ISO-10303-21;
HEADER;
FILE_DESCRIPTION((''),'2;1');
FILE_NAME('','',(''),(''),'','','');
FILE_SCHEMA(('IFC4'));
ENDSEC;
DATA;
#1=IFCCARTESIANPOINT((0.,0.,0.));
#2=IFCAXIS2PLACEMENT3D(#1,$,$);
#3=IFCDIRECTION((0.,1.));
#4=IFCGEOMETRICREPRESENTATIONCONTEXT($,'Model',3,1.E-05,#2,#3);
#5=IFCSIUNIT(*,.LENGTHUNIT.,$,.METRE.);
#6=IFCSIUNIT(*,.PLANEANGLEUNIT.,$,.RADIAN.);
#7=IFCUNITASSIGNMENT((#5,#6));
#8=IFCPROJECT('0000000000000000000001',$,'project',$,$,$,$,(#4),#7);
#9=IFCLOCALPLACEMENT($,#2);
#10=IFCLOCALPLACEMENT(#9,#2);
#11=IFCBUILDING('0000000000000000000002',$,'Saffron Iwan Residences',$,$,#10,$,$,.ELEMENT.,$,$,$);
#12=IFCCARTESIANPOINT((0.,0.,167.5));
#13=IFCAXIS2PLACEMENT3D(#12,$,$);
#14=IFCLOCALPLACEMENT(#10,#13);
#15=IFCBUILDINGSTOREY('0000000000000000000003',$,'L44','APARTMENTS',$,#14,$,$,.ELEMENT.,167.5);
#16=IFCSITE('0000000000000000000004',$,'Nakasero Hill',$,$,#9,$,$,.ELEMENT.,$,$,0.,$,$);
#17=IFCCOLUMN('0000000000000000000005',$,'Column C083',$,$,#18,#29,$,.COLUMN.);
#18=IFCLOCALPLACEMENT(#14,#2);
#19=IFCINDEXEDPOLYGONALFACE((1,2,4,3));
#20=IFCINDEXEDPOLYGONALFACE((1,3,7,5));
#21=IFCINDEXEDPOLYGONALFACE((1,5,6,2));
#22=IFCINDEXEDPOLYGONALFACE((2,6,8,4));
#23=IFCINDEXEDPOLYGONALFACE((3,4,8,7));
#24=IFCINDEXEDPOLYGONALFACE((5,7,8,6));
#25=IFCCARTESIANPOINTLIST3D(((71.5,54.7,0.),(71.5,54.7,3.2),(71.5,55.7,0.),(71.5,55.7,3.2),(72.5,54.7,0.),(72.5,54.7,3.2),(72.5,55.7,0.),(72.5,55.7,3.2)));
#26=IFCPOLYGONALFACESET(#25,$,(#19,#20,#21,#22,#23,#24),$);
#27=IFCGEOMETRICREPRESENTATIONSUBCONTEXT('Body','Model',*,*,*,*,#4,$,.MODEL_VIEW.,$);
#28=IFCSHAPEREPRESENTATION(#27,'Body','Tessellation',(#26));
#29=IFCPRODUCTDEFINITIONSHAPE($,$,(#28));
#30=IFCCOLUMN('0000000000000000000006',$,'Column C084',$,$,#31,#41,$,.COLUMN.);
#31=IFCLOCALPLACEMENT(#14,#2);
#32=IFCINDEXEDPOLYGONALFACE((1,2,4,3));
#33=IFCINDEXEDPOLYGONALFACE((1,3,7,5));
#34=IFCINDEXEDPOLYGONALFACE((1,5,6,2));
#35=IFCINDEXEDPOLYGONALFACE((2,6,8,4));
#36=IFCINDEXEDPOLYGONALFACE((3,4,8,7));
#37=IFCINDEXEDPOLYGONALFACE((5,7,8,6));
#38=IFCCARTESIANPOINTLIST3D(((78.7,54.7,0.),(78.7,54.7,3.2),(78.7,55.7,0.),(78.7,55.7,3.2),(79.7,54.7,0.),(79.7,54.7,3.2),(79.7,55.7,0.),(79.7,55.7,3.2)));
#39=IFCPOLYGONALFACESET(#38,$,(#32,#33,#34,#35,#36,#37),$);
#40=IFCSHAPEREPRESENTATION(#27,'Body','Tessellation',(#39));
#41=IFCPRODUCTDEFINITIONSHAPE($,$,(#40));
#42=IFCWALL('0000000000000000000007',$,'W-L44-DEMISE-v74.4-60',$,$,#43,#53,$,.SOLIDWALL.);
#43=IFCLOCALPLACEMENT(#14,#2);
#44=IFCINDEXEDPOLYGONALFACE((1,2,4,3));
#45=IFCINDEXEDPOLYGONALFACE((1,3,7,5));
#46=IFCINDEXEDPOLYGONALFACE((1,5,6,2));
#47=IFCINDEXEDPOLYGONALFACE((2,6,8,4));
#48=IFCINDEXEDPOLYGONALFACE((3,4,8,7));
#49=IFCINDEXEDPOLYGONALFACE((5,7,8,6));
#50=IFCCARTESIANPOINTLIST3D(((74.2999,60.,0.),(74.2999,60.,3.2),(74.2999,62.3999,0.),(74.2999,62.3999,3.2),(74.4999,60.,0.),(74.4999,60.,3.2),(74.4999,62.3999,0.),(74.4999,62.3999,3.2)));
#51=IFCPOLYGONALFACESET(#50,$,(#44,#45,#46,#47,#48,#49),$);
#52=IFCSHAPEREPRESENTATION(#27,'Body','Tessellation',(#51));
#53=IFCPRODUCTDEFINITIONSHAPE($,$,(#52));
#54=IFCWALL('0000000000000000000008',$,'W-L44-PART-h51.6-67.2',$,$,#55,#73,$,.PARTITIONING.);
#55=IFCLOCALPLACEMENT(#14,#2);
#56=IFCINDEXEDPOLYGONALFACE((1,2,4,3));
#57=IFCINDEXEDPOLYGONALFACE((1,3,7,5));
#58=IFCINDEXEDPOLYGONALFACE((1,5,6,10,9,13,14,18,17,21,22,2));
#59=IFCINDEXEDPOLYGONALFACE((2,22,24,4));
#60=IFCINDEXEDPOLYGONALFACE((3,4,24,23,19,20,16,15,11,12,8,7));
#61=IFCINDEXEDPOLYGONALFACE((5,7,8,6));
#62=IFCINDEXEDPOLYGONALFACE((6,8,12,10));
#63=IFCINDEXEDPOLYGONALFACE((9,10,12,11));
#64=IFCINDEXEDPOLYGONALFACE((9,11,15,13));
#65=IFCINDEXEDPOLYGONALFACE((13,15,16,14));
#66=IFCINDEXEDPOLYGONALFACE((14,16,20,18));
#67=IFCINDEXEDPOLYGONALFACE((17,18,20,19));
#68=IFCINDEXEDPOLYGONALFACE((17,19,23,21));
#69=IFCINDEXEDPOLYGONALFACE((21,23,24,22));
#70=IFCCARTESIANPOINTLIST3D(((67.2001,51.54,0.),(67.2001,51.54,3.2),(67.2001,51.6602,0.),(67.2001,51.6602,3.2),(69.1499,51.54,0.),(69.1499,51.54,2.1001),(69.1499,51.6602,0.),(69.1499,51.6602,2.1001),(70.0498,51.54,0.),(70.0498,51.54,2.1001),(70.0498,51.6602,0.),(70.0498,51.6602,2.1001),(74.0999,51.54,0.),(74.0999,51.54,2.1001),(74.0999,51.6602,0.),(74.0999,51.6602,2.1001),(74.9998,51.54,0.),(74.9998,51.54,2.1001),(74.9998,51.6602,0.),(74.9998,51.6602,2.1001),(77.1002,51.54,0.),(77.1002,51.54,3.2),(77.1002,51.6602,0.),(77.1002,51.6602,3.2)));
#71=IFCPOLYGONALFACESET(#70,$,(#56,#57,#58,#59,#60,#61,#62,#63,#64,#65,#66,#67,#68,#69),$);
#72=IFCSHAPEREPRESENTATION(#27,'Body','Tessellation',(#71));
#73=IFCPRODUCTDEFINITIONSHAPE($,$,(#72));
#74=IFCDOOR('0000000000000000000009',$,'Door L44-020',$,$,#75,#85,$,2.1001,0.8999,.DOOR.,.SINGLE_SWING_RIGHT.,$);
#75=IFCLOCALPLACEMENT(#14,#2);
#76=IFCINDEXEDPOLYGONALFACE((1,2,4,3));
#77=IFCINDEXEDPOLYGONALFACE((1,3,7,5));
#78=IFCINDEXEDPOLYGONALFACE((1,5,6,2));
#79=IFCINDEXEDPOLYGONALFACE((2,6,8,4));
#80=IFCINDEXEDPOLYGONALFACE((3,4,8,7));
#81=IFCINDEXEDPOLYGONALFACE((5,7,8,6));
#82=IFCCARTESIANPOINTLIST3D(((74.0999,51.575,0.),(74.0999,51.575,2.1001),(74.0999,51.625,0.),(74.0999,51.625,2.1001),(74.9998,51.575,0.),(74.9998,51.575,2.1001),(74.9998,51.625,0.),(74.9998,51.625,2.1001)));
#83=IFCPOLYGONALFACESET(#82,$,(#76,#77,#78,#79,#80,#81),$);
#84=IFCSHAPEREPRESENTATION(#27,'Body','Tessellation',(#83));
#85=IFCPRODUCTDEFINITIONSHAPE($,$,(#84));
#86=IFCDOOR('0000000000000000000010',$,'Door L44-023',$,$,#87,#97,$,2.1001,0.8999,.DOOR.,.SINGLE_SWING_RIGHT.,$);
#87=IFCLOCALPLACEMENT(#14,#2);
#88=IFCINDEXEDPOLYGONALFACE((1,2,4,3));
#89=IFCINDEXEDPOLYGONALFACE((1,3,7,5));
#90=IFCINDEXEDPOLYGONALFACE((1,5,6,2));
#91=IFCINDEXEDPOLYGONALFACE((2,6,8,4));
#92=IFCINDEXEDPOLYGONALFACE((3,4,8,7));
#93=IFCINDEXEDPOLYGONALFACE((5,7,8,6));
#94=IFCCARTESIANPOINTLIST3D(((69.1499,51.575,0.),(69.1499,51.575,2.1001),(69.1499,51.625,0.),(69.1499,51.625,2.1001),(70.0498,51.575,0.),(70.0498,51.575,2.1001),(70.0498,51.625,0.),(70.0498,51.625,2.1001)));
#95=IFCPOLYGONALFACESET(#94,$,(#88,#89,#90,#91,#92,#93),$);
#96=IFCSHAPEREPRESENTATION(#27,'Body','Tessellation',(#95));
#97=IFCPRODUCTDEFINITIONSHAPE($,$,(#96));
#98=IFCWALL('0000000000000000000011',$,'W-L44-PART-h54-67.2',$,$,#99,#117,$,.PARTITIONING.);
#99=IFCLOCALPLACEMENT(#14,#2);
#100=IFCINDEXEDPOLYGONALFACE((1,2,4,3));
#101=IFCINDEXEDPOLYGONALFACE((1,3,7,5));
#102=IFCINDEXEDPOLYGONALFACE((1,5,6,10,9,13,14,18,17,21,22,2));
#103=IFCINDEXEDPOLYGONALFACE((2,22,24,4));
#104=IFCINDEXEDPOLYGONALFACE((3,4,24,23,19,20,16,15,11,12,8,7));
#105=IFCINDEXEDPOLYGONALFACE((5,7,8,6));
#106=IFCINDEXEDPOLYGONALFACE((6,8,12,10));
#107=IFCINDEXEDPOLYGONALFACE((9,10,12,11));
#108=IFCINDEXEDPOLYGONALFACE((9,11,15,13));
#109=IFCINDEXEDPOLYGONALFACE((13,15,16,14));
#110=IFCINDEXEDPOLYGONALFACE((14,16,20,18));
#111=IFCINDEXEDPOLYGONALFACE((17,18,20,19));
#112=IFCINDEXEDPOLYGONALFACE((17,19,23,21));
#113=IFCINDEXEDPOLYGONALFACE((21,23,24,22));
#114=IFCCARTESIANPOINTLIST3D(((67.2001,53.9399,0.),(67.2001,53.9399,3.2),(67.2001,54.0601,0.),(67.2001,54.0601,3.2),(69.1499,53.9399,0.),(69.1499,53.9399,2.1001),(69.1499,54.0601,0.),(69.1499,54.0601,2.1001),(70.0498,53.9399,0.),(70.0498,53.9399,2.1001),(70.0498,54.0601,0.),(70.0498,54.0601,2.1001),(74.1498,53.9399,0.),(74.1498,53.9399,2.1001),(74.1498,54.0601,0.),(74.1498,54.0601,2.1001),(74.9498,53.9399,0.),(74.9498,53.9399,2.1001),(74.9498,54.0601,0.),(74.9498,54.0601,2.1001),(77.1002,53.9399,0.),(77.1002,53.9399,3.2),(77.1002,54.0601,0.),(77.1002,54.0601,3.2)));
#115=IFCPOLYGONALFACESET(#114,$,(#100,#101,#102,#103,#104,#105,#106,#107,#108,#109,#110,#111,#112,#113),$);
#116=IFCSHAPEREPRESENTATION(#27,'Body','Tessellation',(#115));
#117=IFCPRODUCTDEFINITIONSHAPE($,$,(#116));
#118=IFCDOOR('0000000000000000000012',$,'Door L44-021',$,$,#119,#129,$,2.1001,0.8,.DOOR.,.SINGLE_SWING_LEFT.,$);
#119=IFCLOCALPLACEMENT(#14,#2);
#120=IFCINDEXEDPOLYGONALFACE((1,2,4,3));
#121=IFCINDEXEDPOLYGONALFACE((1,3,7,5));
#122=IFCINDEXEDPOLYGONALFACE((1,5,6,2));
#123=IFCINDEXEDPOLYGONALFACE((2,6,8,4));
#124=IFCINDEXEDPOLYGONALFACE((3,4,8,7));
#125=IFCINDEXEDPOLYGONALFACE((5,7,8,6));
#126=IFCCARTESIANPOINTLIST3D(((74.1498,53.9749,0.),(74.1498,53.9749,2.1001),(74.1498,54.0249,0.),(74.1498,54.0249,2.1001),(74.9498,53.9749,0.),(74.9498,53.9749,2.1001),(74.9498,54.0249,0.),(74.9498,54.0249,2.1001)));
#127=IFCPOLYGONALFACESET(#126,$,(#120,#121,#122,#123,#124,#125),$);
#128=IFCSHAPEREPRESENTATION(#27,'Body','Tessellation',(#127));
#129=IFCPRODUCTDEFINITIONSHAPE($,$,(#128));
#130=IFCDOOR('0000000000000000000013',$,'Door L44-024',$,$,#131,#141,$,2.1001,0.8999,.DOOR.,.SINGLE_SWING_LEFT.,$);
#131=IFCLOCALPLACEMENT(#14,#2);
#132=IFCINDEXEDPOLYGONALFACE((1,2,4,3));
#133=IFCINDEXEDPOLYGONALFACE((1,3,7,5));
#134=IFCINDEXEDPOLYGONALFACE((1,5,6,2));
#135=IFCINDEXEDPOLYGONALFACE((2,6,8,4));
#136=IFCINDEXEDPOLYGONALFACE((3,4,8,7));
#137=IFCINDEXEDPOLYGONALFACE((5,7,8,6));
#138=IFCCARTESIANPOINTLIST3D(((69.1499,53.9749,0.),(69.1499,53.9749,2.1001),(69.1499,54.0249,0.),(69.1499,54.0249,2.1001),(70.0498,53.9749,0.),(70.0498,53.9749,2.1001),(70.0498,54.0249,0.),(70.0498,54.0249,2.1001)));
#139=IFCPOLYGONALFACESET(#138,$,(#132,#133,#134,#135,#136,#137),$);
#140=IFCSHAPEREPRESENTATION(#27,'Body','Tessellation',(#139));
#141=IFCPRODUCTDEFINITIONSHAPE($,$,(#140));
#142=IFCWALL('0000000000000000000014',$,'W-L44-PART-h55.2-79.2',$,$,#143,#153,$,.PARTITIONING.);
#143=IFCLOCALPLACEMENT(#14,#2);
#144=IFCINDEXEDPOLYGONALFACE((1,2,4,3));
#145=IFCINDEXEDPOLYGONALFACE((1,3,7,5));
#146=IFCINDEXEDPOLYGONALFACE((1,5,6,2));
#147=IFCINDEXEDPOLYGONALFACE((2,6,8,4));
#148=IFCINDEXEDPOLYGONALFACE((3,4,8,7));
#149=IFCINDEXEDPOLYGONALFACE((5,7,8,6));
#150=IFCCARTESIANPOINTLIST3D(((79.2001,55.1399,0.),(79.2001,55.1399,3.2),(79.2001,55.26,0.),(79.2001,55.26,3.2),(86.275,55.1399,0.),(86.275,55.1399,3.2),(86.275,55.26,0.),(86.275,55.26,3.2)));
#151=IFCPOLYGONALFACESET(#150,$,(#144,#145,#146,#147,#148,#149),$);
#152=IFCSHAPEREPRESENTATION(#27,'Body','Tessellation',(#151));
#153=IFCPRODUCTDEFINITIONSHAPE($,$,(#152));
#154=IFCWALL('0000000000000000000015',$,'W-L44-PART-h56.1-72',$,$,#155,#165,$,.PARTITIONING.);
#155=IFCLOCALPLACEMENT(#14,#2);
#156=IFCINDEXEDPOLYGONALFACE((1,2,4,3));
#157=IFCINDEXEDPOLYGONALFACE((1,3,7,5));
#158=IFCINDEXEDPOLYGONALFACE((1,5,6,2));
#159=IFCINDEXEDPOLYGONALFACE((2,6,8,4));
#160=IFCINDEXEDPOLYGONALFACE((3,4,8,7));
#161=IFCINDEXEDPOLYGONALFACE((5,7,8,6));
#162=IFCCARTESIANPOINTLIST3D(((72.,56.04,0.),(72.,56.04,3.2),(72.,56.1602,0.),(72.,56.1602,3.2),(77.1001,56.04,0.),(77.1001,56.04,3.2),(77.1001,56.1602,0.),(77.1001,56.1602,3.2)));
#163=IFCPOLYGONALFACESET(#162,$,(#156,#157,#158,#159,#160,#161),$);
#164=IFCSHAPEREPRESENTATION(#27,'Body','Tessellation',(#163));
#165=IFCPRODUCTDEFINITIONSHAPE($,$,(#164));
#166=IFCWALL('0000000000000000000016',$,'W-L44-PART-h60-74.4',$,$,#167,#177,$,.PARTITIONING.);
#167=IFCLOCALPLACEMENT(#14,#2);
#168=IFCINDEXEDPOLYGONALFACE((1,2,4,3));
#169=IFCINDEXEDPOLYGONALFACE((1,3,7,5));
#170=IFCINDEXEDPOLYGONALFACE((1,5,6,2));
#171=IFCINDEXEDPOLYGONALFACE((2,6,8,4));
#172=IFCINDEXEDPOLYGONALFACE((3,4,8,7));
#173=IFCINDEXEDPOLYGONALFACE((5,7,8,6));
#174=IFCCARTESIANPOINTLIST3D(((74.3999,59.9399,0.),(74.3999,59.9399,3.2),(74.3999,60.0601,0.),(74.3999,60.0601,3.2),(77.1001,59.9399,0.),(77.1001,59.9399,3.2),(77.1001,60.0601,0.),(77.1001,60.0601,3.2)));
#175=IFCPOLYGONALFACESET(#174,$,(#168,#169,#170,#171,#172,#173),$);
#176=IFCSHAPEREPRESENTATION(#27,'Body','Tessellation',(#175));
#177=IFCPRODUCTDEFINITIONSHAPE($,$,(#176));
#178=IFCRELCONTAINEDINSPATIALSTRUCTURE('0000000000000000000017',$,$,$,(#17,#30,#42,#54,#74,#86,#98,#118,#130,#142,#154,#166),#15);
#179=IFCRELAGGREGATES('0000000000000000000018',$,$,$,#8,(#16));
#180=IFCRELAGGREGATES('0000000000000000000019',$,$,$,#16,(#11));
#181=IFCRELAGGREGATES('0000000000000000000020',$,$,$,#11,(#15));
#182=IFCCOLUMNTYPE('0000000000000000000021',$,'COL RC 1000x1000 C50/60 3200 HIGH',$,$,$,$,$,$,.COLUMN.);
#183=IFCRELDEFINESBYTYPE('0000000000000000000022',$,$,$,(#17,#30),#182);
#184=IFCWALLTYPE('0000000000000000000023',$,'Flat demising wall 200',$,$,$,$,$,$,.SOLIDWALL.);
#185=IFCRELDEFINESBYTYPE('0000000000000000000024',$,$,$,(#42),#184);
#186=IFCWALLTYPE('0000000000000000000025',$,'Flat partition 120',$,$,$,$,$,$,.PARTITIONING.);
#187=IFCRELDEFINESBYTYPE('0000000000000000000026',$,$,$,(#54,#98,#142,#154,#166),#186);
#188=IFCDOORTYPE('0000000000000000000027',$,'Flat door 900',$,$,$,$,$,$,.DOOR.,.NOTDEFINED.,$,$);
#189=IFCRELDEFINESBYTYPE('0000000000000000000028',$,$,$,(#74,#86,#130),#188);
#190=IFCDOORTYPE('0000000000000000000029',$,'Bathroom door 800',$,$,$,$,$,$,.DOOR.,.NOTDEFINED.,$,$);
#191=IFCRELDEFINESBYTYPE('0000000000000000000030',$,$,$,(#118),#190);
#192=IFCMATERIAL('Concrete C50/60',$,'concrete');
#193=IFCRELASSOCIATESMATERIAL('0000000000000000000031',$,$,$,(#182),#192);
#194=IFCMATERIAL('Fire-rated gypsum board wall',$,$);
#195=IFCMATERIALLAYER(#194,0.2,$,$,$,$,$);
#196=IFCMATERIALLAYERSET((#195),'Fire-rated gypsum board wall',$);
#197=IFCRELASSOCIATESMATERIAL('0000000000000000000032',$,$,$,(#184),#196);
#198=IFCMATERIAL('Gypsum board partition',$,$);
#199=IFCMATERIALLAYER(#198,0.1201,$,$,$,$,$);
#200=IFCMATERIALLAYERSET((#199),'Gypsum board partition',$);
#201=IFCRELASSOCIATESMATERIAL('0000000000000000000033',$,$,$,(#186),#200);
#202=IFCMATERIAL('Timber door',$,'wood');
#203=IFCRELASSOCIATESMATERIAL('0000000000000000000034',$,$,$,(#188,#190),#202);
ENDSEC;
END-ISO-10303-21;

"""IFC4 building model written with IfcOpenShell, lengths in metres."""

from ifc_helpers import new_model, si_unit, direction, frame, frame_2d, origin, origin_2d, place, context, subcontext, project, spatial, rectangle, extrude, source, transform, mapped, material, layer, layer_set, material_profile, profile_set, type_object, element, fill, save


model = new_model("IFC4")

# Units and contexts
model_context = context("Model", 3, precision=1e-05, world=origin(), true_north=direction((0.0, 1.0)))
body_context = subcontext(model_context, "Body", "Model", "MODEL_VIEW")
ifc_project = project(units=[si_unit("LENGTHUNIT", "METRE"), si_unit("PLANEANGLEUNIT", "RADIAN")], contexts=[model_context])

# Site, building, storey
site_placement = place(None, origin())
site = spatial("IfcSite", under=ifc_project, at=site_placement, Name="Nakasero Hill", CompositionType="ELEMENT", RefElevation=0.0)
building_placement = place(site_placement, origin())
building = spatial("IfcBuilding", under=site, at=building_placement, Name="Saffron Iwan Residences", CompositionType="ELEMENT")
storey_placement = place(building_placement, frame((0.0, 0.0, 167.5)))
storey = spatial("IfcBuildingStorey", under=building, at=storey_placement, Name="L44", Description="APARTMENTS", CompositionType="ELEMENT", Elevation=167.5)

# Columns
ifc_material_1 = material(Name="Concrete C50/60", Category="concrete")
ifc_material_profile = material_profile(ifc_material_1, rectangle(XDim=1.0, YDim=1.0, at=origin_2d()), Name="RC 1000x1000")
ifc_profile_set = profile_set([ifc_material_profile], Name="Concrete C50/60")
column_type = type_object("IfcColumnType", Name="COL RC 1000x1000 C50/60 3200 HIGH", PredefinedType="COLUMN", material=ifc_profile_set)
shared_shape = source(origin(), body_context, "Body", "SweptSolid", [
    extrude(rectangle(XDim=1.0, YDim=1.0, at=origin_2d()), origin(), (0.0, 0.0, 1.0), 3.2),
])
for number, where, z_axis, x_axis, name in (
    (1, (72.0, 55.2, 0.0), (0.0, 0.0, 1.0), (1.0, 0.0, 0.0), "Column C083"),
    (2, (79.2, 55.2, 0.0), (0.0, 0.0, 1.0), (1.0, 0.0, 0.0), "Column C084"),
):
    element("IfcColumn", number, at=place(storey_placement, frame(where, z_axis=z_axis, x_axis=x_axis)), inside=storey, type_object=column_type, Name=name, PredefinedType="COLUMN", context=body_context, shape_type="MappedRepresentation", body=[
        mapped(shared_shape, transform((0.0, 0.0, 0.0))),
    ])

# Wall
ifc_material_2 = material(Name="Fire-rated gypsum board wall")
ifc_layer_1 = layer(ifc_material_2, 0.2)
ifc_layer_set_1 = layer_set([ifc_layer_1], Name="Fire-rated gypsum board wall")
wall_type_1 = type_object("IfcWallType", Name="Flat demising wall 200", PredefinedType="SOLIDWALL", material=ifc_layer_set_1)
wall_1_placement = place(storey_placement, frame((74.3999, 60.0, 0.0), z_axis=(0.0, 0.0, 1.0), x_axis=(0.0, 1.0, 0.0)))
element("IfcWall", 3, at=wall_1_placement, inside=storey, type_object=wall_type_1, Name="W-L44-DEMISE-v74.4-60", PredefinedType="SOLIDWALL", context=body_context, shape_type="SweptSolid", body=[
    extrude(rectangle(XDim=2.3999, YDim=0.2, at=frame_2d((1.2, 0.0))), origin(), (0.0, 0.0, 1.0), 3.2),
])

# Walls, openings, doors
ifc_material_3 = material(Name="Gypsum board partition")
ifc_layer_2 = layer(ifc_material_3, 0.1201)
ifc_layer_set_2 = layer_set([ifc_layer_2], Name="Gypsum board partition")
wall_type_2 = type_object("IfcWallType", Name="Flat partition 120", PredefinedType="PARTITIONING", material=ifc_layer_set_2)
wall_2_placement = place(storey_placement, frame((67.2, 51.6001, 0.0), z_axis=(0.0, 0.0, 1.0), x_axis=(1.0, 0.0, 0.0)))
wall_2 = element("IfcWall", 4, at=wall_2_placement, inside=storey, type_object=wall_type_2, Name="W-L44-PART-h51.6-67.2", PredefinedType="PARTITIONING", context=body_context, shape_type="SweptSolid", body=[
    extrude(rectangle(XDim=9.9001, YDim=0.1201, at=frame_2d((4.9502, 0.0))), origin(), (0.0, 0.0, 1.0), 3.2),
])
opening_1_placement = place(wall_2_placement, frame((6.8999, 0.0, 0.0)))
opening_1 = element("IfcOpeningElement", 5, at=opening_1_placement, cuts=wall_2, PredefinedType="OPENING", context=body_context, shape_type="SweptSolid", body=[
    extrude(rectangle(XDim=0.8999, YDim=2.1001, at=frame_2d((0.45, 1.05))), frame((0.0, 0.0701, 0.0), z_axis=(0.0, -1.0, 0.0), x_axis=(1.0, 0.0, 0.0)), (0.0, 0.0, 1.0), 0.1401),
])
opening_2_placement = place(wall_2_placement, frame((1.95, 0.0, 0.0)))
opening_2 = element("IfcOpeningElement", 6, at=opening_2_placement, cuts=wall_2, PredefinedType="OPENING", context=body_context, shape_type="SweptSolid", body=[
    extrude(rectangle(XDim=0.8999, YDim=2.1001, at=frame_2d((0.45, 1.05))), frame((0.0, 0.0701, 0.0), z_axis=(0.0, -1.0, 0.0), x_axis=(1.0, 0.0, 0.0)), (0.0, 0.0, 1.0), 0.1401),
])
ifc_material_4 = material(Name="Timber door", Category="wood")
door_type_1 = type_object("IfcDoorType", Name="Flat door 900", OperationType="NOTDEFINED", PredefinedType="DOOR", material=ifc_material_4)
door_1_placement = place(opening_1_placement, origin())
door_1 = element("IfcDoor", 7, at=door_1_placement, inside=storey, type_object=door_type_1, Name="Door L44-020", OperationType="SINGLE_SWING_RIGHT", OverallHeight=2.1001, OverallWidth=0.8999, PredefinedType="DOOR", context=body_context, shape_type="SweptSolid", body=[
    extrude(rectangle(XDim=0.8999, YDim=2.1001, at=frame_2d((0.45, 1.05))), frame((0.0, 0.0249, 0.0), z_axis=(0.0, -1.0, 0.0), x_axis=(1.0, 0.0, 0.0)), (0.0, 0.0, 1.0), 0.05),
])
fill(opening_1, door_1)
door_2_placement = place(opening_2_placement, origin())
door_2 = element("IfcDoor", 8, at=door_2_placement, inside=storey, type_object=door_type_1, Name="Door L44-023", OperationType="SINGLE_SWING_RIGHT", OverallHeight=2.1001, OverallWidth=0.8999, PredefinedType="DOOR", context=body_context, shape_type="SweptSolid", body=[
    extrude(rectangle(XDim=0.8999, YDim=2.1001, at=frame_2d((0.45, 1.05))), frame((0.0, 0.0249, 0.0), z_axis=(0.0, -1.0, 0.0), x_axis=(1.0, 0.0, 0.0)), (0.0, 0.0, 1.0), 0.05),
])
fill(opening_2, door_2)
wall_3_placement = place(storey_placement, frame((67.2, 54.0, 0.0), z_axis=(0.0, 0.0, 1.0), x_axis=(1.0, 0.0, 0.0)))
wall_3 = element("IfcWall", 9, at=wall_3_placement, inside=storey, type_object=wall_type_2, Name="W-L44-PART-h54-67.2", PredefinedType="PARTITIONING", context=body_context, shape_type="SweptSolid", body=[
    extrude(rectangle(XDim=9.9001, YDim=0.1201, at=frame_2d((4.9502, 0.0))), origin(), (0.0, 0.0, 1.0), 3.2),
])
opening_3_placement = place(wall_3_placement, frame((6.95, 0.0, 0.0)))
opening_3 = element("IfcOpeningElement", 10, at=opening_3_placement, cuts=wall_3, PredefinedType="OPENING", context=body_context, shape_type="SweptSolid", body=[
    extrude(rectangle(XDim=0.8, YDim=2.1001, at=frame_2d((0.3999, 1.05))), frame((0.0, 0.0701, 0.0), z_axis=(0.0, -1.0, 0.0), x_axis=(1.0, 0.0, 0.0)), (0.0, 0.0, 1.0), 0.1401),
])
opening_4_placement = place(wall_3_placement, frame((1.95, 0.0, 0.0)))
opening_4 = element("IfcOpeningElement", 11, at=opening_4_placement, cuts=wall_3, PredefinedType="OPENING", context=body_context, shape_type="SweptSolid", body=[
    extrude(rectangle(XDim=0.8999, YDim=2.1001, at=frame_2d((0.45, 1.05))), frame((0.0, 0.0701, 0.0), z_axis=(0.0, -1.0, 0.0), x_axis=(1.0, 0.0, 0.0)), (0.0, 0.0, 1.0), 0.1401),
])
door_type_2 = type_object("IfcDoorType", Name="Bathroom door 800", OperationType="NOTDEFINED", PredefinedType="DOOR", material=ifc_material_4)
door_3_placement = place(opening_3_placement, origin())
door_3 = element("IfcDoor", 12, at=door_3_placement, inside=storey, type_object=door_type_2, Name="Door L44-021", OperationType="SINGLE_SWING_LEFT", OverallHeight=2.1001, OverallWidth=0.8, PredefinedType="DOOR", context=body_context, shape_type="SweptSolid", body=[
    extrude(rectangle(XDim=0.8, YDim=2.1001, at=frame_2d((0.3999, 1.05))), frame((0.0, 0.0249, 0.0), z_axis=(0.0, -1.0, 0.0), x_axis=(1.0, 0.0, 0.0)), (0.0, 0.0, 1.0), 0.05),
])
fill(opening_3, door_3)
door_4_placement = place(opening_4_placement, origin())
door_4 = element("IfcDoor", 13, at=door_4_placement, inside=storey, type_object=door_type_1, Name="Door L44-024", OperationType="SINGLE_SWING_LEFT", OverallHeight=2.1001, OverallWidth=0.8999, PredefinedType="DOOR", context=body_context, shape_type="SweptSolid", body=[
    extrude(rectangle(XDim=0.8999, YDim=2.1001, at=frame_2d((0.45, 1.05))), frame((0.0, 0.0249, 0.0), z_axis=(0.0, -1.0, 0.0), x_axis=(1.0, 0.0, 0.0)), (0.0, 0.0, 1.0), 0.05),
])
fill(opening_4, door_4)

# Walls
wall_4_placement = place(storey_placement, frame((79.2, 55.2, 0.0), z_axis=(0.0, 0.0, 1.0), x_axis=(1.0, 0.0, 0.0)))
element("IfcWall", 14, at=wall_4_placement, inside=storey, type_object=wall_type_2, Name="W-L44-PART-h55.2-79.2", PredefinedType="PARTITIONING", context=body_context, shape_type="SweptSolid", body=[
    extrude(rectangle(XDim=7.075, YDim=0.1201, at=frame_2d((3.5376, 0.0))), origin(), (0.0, 0.0, 1.0), 3.2),
])
wall_5_placement = place(storey_placement, frame((72.0, 56.1001, 0.0), z_axis=(0.0, 0.0, 1.0), x_axis=(1.0, 0.0, 0.0)))
element("IfcWall", 15, at=wall_5_placement, inside=storey, type_object=wall_type_2, Name="W-L44-PART-h56.1-72", PredefinedType="PARTITIONING", context=body_context, shape_type="SweptSolid", body=[
    extrude(rectangle(XDim=5.1001, YDim=0.1201, at=frame_2d((2.55, 0.0))), origin(), (0.0, 0.0, 1.0), 3.2),
])
wall_6_placement = place(storey_placement, frame((74.3999, 60.0, 0.0), z_axis=(0.0, 0.0, 1.0), x_axis=(1.0, 0.0, 0.0)))
element("IfcWall", 16, at=wall_6_placement, inside=storey, type_object=wall_type_2, Name="W-L44-PART-h60-74.4", PredefinedType="PARTITIONING", context=body_context, shape_type="SweptSolid", body=[
    extrude(rectangle(XDim=2.7002, YDim=0.1201, at=frame_2d((1.3501, 0.0))), origin(), (0.0, 0.0, 1.0), 3.2),
])

save(model, "model.ifc")
